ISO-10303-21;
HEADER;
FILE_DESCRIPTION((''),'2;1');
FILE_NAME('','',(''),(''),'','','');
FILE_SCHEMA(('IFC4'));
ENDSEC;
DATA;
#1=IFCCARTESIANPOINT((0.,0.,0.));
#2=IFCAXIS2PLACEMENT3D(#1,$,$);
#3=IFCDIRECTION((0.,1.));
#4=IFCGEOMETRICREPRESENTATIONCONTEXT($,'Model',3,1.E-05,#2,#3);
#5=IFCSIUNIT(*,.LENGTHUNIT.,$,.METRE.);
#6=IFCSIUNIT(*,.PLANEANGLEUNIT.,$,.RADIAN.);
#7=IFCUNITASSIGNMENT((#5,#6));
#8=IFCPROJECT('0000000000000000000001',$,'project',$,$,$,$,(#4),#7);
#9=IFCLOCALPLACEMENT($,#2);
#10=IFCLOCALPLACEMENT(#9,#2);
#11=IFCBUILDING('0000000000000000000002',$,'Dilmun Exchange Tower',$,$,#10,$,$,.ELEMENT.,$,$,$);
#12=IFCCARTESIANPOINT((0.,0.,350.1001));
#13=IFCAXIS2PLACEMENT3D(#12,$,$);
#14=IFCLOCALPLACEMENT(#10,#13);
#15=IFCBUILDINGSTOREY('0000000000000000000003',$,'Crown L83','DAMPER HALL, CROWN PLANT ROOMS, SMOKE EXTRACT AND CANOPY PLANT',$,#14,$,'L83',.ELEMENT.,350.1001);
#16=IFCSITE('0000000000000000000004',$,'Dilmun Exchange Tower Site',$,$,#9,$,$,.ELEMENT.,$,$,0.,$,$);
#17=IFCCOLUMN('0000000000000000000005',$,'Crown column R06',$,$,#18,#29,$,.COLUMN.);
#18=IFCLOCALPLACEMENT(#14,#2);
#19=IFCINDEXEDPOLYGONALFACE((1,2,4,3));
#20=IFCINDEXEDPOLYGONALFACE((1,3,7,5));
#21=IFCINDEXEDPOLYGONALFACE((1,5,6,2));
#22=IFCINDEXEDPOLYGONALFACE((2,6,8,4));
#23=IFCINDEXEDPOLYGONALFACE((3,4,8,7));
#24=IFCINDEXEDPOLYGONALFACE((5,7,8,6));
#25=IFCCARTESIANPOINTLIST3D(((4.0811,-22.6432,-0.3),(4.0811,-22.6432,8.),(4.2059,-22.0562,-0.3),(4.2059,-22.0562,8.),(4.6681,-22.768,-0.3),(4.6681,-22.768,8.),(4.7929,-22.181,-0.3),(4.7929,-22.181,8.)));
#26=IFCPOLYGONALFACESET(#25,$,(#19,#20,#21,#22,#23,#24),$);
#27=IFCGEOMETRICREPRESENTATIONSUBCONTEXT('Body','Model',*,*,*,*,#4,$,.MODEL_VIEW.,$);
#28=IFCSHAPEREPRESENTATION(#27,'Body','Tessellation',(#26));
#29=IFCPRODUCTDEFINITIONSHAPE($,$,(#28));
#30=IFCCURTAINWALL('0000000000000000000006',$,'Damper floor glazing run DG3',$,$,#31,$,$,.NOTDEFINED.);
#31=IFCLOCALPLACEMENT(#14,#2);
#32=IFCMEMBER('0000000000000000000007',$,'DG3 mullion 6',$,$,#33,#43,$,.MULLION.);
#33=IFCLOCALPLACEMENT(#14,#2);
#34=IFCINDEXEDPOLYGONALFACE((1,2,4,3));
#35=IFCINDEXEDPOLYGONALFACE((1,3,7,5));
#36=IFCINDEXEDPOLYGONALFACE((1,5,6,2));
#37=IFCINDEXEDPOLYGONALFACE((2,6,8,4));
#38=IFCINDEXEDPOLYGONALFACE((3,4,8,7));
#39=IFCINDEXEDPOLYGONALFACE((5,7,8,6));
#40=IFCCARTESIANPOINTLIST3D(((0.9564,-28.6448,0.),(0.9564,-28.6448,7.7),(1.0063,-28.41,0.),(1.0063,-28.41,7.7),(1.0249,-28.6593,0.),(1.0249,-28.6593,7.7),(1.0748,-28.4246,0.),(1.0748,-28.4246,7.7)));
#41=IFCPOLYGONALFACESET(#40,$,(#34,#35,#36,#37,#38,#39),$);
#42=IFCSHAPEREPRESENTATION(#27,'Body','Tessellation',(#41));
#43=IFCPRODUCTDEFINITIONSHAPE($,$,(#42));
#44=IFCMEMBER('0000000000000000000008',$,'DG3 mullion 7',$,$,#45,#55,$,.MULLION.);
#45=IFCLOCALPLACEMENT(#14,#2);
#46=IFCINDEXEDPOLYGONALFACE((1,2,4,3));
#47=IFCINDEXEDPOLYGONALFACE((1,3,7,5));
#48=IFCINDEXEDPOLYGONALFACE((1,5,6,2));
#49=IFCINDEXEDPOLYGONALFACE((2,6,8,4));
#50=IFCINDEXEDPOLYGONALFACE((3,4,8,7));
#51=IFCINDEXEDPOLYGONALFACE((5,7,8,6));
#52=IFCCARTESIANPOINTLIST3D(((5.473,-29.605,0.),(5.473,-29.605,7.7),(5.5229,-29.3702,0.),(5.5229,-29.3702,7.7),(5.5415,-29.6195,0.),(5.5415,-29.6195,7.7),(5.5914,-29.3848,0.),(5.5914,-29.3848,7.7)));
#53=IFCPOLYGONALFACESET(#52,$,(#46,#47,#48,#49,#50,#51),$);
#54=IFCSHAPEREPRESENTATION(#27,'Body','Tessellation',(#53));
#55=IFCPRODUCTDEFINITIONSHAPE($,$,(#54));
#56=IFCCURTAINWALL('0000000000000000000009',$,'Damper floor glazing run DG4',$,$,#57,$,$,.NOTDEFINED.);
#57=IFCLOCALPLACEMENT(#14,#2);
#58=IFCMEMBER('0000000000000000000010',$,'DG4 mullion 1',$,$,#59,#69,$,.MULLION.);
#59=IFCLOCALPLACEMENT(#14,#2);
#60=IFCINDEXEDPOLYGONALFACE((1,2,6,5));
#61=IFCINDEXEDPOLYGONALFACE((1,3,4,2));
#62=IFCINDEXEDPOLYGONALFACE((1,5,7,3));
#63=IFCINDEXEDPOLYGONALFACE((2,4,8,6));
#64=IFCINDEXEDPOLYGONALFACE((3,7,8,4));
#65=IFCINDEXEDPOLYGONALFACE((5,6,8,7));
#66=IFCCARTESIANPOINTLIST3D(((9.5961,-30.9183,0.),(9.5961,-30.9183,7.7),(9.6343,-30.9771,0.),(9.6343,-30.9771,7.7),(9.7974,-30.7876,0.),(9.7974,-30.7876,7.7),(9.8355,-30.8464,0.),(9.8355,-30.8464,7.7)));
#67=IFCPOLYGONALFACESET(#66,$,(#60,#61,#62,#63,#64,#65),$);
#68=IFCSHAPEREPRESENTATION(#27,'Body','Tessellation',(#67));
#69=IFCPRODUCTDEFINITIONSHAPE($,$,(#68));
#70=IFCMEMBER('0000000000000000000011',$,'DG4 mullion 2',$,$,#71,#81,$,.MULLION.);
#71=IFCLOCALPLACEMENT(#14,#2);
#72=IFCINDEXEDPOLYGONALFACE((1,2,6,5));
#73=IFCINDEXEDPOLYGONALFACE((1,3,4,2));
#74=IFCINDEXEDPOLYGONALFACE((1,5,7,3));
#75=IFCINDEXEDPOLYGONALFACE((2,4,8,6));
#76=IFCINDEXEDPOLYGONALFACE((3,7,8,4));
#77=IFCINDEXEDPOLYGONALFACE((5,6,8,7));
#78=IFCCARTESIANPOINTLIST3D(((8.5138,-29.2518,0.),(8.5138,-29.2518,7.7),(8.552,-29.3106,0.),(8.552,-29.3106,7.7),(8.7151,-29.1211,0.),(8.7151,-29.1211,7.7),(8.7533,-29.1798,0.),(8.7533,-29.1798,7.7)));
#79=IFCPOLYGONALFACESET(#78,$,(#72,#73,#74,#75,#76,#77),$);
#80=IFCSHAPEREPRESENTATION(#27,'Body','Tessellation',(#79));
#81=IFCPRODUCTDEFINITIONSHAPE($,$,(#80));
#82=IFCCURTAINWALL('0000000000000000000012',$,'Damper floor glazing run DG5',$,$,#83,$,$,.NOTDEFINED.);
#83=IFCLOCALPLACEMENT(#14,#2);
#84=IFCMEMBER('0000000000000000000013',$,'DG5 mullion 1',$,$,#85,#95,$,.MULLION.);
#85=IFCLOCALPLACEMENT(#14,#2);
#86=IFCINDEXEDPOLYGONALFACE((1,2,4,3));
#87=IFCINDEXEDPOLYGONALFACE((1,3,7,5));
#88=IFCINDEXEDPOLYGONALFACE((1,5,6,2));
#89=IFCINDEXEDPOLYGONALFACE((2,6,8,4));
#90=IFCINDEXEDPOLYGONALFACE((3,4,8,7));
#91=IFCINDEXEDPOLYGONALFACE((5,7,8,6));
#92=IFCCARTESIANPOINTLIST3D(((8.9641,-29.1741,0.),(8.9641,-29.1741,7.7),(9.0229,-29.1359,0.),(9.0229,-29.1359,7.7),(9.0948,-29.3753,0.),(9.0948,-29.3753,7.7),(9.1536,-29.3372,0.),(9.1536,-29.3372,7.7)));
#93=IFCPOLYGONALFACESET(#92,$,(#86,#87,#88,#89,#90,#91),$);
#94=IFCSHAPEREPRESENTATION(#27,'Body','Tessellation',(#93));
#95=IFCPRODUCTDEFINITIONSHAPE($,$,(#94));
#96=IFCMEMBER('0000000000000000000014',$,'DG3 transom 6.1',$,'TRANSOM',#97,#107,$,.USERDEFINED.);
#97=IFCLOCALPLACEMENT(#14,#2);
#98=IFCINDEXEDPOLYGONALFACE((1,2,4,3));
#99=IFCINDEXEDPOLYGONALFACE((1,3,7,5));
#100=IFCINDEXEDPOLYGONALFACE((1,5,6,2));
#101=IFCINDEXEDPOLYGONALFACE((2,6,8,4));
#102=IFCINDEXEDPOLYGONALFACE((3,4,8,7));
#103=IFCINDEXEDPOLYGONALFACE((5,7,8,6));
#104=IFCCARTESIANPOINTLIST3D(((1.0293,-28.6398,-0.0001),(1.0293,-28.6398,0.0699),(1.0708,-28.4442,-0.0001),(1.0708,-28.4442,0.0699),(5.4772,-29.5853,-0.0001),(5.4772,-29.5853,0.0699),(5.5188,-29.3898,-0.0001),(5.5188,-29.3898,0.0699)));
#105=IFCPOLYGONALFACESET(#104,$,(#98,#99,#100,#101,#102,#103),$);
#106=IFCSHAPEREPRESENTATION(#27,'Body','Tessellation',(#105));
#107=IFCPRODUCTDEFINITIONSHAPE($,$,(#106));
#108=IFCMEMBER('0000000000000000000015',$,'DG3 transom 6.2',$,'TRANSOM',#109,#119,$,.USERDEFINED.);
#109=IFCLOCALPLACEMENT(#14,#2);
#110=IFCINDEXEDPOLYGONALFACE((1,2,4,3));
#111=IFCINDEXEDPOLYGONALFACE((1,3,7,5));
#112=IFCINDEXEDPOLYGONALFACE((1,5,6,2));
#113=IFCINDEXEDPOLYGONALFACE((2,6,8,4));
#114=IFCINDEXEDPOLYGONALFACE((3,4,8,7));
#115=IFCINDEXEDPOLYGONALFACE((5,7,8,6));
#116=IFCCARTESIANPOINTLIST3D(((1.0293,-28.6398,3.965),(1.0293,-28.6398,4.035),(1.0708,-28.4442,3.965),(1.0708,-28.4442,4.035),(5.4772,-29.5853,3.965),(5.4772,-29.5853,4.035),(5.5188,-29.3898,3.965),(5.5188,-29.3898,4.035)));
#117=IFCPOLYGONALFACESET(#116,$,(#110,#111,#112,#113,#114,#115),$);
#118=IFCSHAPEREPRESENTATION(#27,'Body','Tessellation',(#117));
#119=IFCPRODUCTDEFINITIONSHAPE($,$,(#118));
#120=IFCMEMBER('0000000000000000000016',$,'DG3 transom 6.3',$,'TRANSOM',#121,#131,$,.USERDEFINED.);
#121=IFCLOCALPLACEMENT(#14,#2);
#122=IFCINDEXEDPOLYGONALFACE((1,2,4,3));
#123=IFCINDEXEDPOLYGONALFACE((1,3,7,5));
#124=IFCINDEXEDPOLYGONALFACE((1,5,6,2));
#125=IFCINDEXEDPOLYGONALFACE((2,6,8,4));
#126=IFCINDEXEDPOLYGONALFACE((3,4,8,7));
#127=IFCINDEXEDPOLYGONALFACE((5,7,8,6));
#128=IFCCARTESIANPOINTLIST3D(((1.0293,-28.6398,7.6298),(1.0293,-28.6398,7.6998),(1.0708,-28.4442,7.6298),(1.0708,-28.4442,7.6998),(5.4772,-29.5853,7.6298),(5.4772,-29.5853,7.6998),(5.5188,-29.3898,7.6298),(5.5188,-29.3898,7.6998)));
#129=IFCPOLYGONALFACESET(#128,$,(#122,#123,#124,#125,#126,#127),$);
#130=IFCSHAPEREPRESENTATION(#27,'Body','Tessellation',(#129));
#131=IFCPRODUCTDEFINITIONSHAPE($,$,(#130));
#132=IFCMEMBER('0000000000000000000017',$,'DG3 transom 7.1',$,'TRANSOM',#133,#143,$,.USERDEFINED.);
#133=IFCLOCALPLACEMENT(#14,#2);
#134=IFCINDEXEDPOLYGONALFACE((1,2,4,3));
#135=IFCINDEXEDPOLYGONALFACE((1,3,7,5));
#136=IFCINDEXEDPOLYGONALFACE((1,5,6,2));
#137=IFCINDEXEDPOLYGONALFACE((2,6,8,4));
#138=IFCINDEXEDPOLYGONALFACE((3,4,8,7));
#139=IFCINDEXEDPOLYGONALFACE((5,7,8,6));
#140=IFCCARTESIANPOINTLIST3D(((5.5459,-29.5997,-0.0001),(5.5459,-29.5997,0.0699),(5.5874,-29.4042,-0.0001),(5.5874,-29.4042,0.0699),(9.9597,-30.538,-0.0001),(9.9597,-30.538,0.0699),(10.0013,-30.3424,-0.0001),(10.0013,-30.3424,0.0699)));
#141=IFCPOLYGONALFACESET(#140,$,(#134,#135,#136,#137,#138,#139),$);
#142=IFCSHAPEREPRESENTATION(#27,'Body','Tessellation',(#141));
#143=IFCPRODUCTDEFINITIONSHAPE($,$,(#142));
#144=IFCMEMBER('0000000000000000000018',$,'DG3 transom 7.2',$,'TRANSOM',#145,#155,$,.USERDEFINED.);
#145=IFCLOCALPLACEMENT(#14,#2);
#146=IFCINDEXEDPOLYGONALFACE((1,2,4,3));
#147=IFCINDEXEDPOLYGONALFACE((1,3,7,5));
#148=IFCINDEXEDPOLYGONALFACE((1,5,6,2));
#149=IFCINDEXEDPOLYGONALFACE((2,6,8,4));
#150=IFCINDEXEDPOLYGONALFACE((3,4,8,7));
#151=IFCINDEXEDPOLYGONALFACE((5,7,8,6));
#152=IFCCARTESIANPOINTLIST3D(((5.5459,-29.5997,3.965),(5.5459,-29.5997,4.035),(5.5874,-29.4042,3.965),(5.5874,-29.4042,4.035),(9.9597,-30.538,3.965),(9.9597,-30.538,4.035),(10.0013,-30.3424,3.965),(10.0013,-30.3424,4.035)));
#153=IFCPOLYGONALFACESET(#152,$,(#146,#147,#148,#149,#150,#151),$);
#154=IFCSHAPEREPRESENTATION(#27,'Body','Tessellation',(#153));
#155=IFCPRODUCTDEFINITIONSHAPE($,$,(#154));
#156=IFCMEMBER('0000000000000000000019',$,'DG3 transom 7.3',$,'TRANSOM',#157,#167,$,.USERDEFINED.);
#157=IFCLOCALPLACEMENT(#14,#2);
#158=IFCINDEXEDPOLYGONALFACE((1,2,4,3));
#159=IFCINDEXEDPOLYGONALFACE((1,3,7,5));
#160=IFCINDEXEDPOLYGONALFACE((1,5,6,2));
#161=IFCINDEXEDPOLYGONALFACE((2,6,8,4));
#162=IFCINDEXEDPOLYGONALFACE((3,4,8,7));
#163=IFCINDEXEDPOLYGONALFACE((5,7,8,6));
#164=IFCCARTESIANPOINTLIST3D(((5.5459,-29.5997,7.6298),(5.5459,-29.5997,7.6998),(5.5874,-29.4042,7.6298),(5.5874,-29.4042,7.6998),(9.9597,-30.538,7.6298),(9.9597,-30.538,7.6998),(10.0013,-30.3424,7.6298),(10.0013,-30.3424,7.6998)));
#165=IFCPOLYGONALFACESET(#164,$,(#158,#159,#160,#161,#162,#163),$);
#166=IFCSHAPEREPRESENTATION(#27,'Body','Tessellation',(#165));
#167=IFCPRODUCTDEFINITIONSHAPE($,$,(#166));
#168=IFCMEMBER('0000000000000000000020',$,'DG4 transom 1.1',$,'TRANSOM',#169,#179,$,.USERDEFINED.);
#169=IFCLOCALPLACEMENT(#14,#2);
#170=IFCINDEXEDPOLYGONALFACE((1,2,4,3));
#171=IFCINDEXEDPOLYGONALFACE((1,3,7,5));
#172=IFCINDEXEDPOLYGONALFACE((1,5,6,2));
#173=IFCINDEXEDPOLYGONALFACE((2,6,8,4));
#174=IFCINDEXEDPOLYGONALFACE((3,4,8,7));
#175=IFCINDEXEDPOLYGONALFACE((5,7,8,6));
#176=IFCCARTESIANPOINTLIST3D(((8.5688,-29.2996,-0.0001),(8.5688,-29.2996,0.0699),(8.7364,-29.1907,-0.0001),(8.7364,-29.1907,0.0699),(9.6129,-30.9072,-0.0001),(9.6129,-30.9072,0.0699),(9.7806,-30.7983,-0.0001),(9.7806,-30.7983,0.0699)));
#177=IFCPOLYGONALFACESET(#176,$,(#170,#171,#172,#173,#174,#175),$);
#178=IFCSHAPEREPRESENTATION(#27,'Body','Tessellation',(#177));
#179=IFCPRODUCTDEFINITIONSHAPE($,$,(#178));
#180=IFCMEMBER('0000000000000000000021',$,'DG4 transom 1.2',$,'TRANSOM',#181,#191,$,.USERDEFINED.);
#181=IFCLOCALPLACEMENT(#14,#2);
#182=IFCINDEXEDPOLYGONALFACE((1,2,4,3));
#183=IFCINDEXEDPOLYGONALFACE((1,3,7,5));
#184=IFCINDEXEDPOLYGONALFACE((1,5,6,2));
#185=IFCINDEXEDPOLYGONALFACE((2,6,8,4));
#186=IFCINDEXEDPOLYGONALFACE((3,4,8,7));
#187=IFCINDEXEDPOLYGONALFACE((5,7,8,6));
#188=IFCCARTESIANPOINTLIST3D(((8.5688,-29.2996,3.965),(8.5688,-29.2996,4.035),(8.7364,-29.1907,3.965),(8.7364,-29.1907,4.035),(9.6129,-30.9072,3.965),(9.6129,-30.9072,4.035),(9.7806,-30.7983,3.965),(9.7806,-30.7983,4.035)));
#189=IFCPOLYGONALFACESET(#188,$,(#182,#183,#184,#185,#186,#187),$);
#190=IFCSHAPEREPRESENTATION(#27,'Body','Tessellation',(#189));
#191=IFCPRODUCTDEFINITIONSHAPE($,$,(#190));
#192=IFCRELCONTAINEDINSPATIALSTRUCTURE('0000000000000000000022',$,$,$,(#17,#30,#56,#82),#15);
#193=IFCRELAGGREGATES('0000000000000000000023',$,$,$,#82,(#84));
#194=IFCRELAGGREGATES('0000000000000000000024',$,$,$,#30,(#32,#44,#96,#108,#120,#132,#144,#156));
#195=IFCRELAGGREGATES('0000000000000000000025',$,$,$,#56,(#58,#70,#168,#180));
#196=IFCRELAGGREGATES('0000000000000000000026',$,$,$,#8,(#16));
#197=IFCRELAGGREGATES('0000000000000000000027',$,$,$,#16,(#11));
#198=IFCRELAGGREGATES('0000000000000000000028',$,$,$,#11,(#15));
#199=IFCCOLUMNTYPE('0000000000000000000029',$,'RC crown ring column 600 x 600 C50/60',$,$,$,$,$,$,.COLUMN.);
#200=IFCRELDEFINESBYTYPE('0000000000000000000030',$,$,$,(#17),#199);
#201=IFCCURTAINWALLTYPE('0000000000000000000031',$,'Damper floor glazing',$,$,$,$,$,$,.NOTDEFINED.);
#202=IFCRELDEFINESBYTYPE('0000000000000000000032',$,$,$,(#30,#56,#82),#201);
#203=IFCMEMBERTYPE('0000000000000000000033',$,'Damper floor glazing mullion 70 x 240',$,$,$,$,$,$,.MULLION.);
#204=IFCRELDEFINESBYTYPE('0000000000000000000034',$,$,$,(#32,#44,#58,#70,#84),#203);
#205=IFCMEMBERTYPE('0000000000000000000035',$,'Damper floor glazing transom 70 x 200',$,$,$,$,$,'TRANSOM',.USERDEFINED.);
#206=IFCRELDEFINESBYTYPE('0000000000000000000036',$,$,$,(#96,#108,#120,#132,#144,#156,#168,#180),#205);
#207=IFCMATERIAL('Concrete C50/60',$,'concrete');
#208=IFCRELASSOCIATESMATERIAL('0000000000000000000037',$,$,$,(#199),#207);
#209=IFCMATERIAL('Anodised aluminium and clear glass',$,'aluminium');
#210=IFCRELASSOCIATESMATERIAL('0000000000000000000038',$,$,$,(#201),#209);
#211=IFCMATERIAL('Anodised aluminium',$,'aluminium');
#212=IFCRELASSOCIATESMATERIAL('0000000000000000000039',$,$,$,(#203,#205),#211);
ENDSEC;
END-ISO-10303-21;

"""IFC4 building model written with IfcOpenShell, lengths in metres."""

from ifc_helpers import new_model, si_unit, direction, frame, origin, origin_2d, place, context, subcontext, project, spatial, rectangle, extrude, material, material_profile, profile_set, type_object, element, aggregate, save


model = new_model("IFC4")

# Units and contexts
model_context = context("Model", 3, precision=1e-05, world=origin(), true_north=direction((0.0, 1.0)))
body_context = subcontext(model_context, "Body", "Model", "MODEL_VIEW")
ifc_project = project(units=[si_unit("LENGTHUNIT", "METRE"), si_unit("PLANEANGLEUNIT", "RADIAN")], contexts=[model_context])

# Site, building, storey
site_placement = place(None, origin())
site = spatial("IfcSite", under=ifc_project, at=site_placement, Name="Dilmun Exchange Tower Site", CompositionType="ELEMENT", RefElevation=0.0)
building_placement = place(site_placement, origin())
building = spatial("IfcBuilding", under=site, at=building_placement, Name="Dilmun Exchange Tower", CompositionType="ELEMENT")
storey_placement = place(building_placement, frame((0.0, 0.0, 350.1001)))
storey = spatial("IfcBuildingStorey", under=building, at=storey_placement, Name="Crown L83", Description="DAMPER HALL, CROWN PLANT ROOMS, SMOKE EXTRACT AND CANOPY PLANT", LongName="L83", CompositionType="ELEMENT", Elevation=350.1001)

# Column
ifc_material_1 = material(Name="Concrete C50/60", Category="concrete")
ifc_material_profile_1 = material_profile(ifc_material_1, rectangle(XDim=0.6001, YDim=0.6001, at=origin_2d()), Name="600 x 600")
ifc_profile_set_1 = profile_set([ifc_material_profile_1], Name="Concrete C50/60")
column_type = type_object("IfcColumnType", Name="RC crown ring column 600 x 600 C50/60", PredefinedType="COLUMN", material=ifc_profile_set_1)
column_placement = place(storey_placement, frame((4.437, -22.4121, -0.3), z_axis=(0.0, 0.0, 1.0), x_axis=(0.207912, 0.978148, 0.0)))
element("IfcColumn", 1, at=column_placement, inside=storey, type_object=column_type, Name="Crown column R06", PredefinedType="COLUMN", context=body_context, shape_type="SweptSolid", body=[
    extrude(rectangle(XDim=0.6001, YDim=0.6001, at=origin_2d()), origin(), (0.0, 0.0, 1.0), 8.3),
])

# Curtain walls, members
ifc_material_2 = material(Name="Anodised aluminium and clear glass", Category="aluminium")
curtain_wall_type = type_object("IfcCurtainWallType", Name="Damper floor glazing", PredefinedType="NOTDEFINED", material=ifc_material_2)
curtain_wall_1_placement = place(storey_placement, origin())
curtain_wall_1 = element("IfcCurtainWall", 2, at=curtain_wall_1_placement, inside=storey, type_object=curtain_wall_type, Name="Damper floor glazing run DG3", PredefinedType="NOTDEFINED")
ifc_material_3 = material(Name="Anodised aluminium", Category="aluminium")
ifc_material_profile_2 = material_profile(ifc_material_3, rectangle(XDim=0.24, YDim=0.0701, at=origin_2d()), Name="AL 70x240")
ifc_profile_set_2 = profile_set([ifc_material_profile_2], Name="Anodised aluminium")
member_type_1 = type_object("IfcMemberType", Name="Damper floor glazing mullion 70 x 240", PredefinedType="MULLION", material=ifc_profile_set_2)
member_1_placement = place(storey_placement, frame((1.0156, -28.5347, 0.0), z_axis=(0.0, 0.0, 1.0), x_axis=(0.207911, 0.978148, 0.0)))
member_1 = element("IfcMember", 3, at=member_1_placement, type_object=member_type_1, Name="DG3 mullion 6", PredefinedType="MULLION", context=body_context, shape_type="SweptSolid", body=[
    extrude(rectangle(XDim=0.24, YDim=0.0701, at=origin_2d()), origin(), (0.0, 0.0, 1.0), 7.7),
])
member_2_placement = place(storey_placement, frame((5.5322, -29.4949, 0.0), z_axis=(0.0, 0.0, 1.0), x_axis=(0.207911, 0.978148, 0.0)))
member_2 = element("IfcMember", 4, at=member_2_placement, type_object=member_type_1, Name="DG3 mullion 7", PredefinedType="MULLION", context=body_context, shape_type="SweptSolid", body=[
    extrude(rectangle(XDim=0.24, YDim=0.0701, at=origin_2d()), origin(), (0.0, 0.0, 1.0), 7.7),
])
curtain_wall_2_placement = place(storey_placement, origin())
curtain_wall_2 = element("IfcCurtainWall", 5, at=curtain_wall_2_placement, inside=storey, type_object=curtain_wall_type, Name="Damper floor glazing run DG4", PredefinedType="NOTDEFINED")
member_3_placement = place(storey_placement, frame((9.7158, -30.8823, 0.0), z_axis=(0.0, 0.0, 1.0), x_axis=(-0.838661, -0.544653, 0.0)))
member_3 = element("IfcMember", 6, at=member_3_placement, type_object=member_type_1, Name="DG4 mullion 1", PredefinedType="MULLION", context=body_context, shape_type="SweptSolid", body=[
    extrude(rectangle(XDim=0.24, YDim=0.0701, at=origin_2d()), origin(), (0.0, 0.0, 1.0), 7.7),
])
member_4_placement = place(storey_placement, frame((8.6335, -29.2158, 0.0), z_axis=(0.0, 0.0, 1.0), x_axis=(-0.838661, -0.544653, 0.0)))
member_4 = element("IfcMember", 7, at=member_4_placement, type_object=member_type_1, Name="DG4 mullion 2", PredefinedType="MULLION", context=body_context, shape_type="SweptSolid", body=[
    extrude(rectangle(XDim=0.24, YDim=0.0701, at=origin_2d()), origin(), (0.0, 0.0, 1.0), 7.7),
])

# Curtain wall, member
curtain_wall_3_placement = place(storey_placement, origin())
curtain_wall_3 = element("IfcCurtainWall", 8, at=curtain_wall_3_placement, inside=storey, type_object=curtain_wall_type, Name="Damper floor glazing run DG5", PredefinedType="NOTDEFINED")
member_5_placement = place(storey_placement, frame((9.0588, -29.2556, 0.0), z_axis=(0.0, 0.0, 1.0), x_axis=(-0.544639, 0.838671, 0.0)))
member_5 = element("IfcMember", 9, at=member_5_placement, type_object=member_type_1, Name="DG5 mullion 1", PredefinedType="MULLION", context=body_context, shape_type="SweptSolid", body=[
    extrude(rectangle(XDim=0.24, YDim=0.0701, at=origin_2d()), origin(), (0.0, 0.0, 1.0), 7.7),
])

# Members
ifc_material_profile_3 = material_profile(ifc_material_3, rectangle(XDim=0.2, YDim=0.0701, at=origin_2d()), Name="AL 70x200")
ifc_profile_set_3 = profile_set([ifc_material_profile_3], Name="Anodised aluminium")
member_type_2 = type_object("IfcMemberType", Name="Damper floor glazing transom 70 x 200", ElementType="TRANSOM", PredefinedType="USERDEFINED", material=ifc_profile_set_3)
member_6_placement = place(storey_placement, frame((1.05, -28.542, 0.0349), z_axis=(0.978143, -0.207934, 0.0), x_axis=(0.207934, 0.978143, 0.0)))
member_6 = element("IfcMember", 10, at=member_6_placement, type_object=member_type_2, Name="DG3 transom 6.1", ObjectType="TRANSOM", PredefinedType="USERDEFINED", context=body_context, shape_type="SweptSolid", body=[
    extrude(rectangle(XDim=0.2, YDim=0.0701, at=origin_2d()), origin(), (0.0, 0.0, 1.0), 4.5474),
])
member_7_placement = place(storey_placement, frame((1.05, -28.542, 4.0), z_axis=(0.978143, -0.207934, 0.0), x_axis=(0.207934, 0.978143, 0.0)))
member_7 = element("IfcMember", 11, at=member_7_placement, type_object=member_type_2, Name="DG3 transom 6.2", ObjectType="TRANSOM", PredefinedType="USERDEFINED", context=body_context, shape_type="SweptSolid", body=[
    extrude(rectangle(XDim=0.2, YDim=0.0701, at=origin_2d()), origin(), (0.0, 0.0, 1.0), 4.5474),
])
member_8_placement = place(storey_placement, frame((1.05, -28.542, 7.6648), z_axis=(0.978143, -0.207934, 0.0), x_axis=(0.207934, 0.978143, 0.0)))
member_8 = element("IfcMember", 12, at=member_8_placement, type_object=member_type_2, Name="DG3 transom 6.3", ObjectType="TRANSOM", PredefinedType="USERDEFINED", context=body_context, shape_type="SweptSolid", body=[
    extrude(rectangle(XDim=0.2, YDim=0.0701, at=origin_2d()), origin(), (0.0, 0.0, 1.0), 4.5474),
])
member_9_placement = place(storey_placement, frame((5.5667, -29.502, 0.0349), z_axis=(0.978146, -0.207922, 0.0), x_axis=(0.207922, 0.978146, 0.0)))
member_9 = element("IfcMember", 13, at=member_9_placement, type_object=member_type_2, Name="DG3 transom 7.1", ObjectType="TRANSOM", PredefinedType="USERDEFINED", context=body_context, shape_type="SweptSolid", body=[
    extrude(rectangle(XDim=0.2, YDim=0.0701, at=origin_2d()), origin(), (0.0, 0.0, 1.0), 4.5125),
])
member_10_placement = place(storey_placement, frame((5.5667, -29.502, 4.0), z_axis=(0.978146, -0.207922, 0.0), x_axis=(0.207922, 0.978146, 0.0)))
member_10 = element("IfcMember", 14, at=member_10_placement, type_object=member_type_2, Name="DG3 transom 7.2", ObjectType="TRANSOM", PredefinedType="USERDEFINED", context=body_context, shape_type="SweptSolid", body=[
    extrude(rectangle(XDim=0.2, YDim=0.0701, at=origin_2d()), origin(), (0.0, 0.0, 1.0), 4.5125),
])
member_11_placement = place(storey_placement, frame((5.5667, -29.502, 7.6648), z_axis=(0.978146, -0.207922, 0.0), x_axis=(0.207922, 0.978146, 0.0)))
member_11 = element("IfcMember", 15, at=member_11_placement, type_object=member_type_2, Name="DG3 transom 7.3", ObjectType="TRANSOM", PredefinedType="USERDEFINED", context=body_context, shape_type="SweptSolid", body=[
    extrude(rectangle(XDim=0.2, YDim=0.0701, at=origin_2d()), origin(), (0.0, 0.0, 1.0), 4.5125),
])
member_12_placement = place(storey_placement, frame((9.6968, -30.8528, 0.0349), z_axis=(-0.544697, 0.838633, 0.0), x_axis=(-0.838633, -0.544697, 0.0)))
member_12 = element("IfcMember", 16, at=member_12_placement, type_object=member_type_2, Name="DG4 transom 1.1", ObjectType="TRANSOM", PredefinedType="USERDEFINED", context=body_context, shape_type="SweptSolid", body=[
    extrude(rectangle(XDim=0.2, YDim=0.0701, at=origin_2d()), origin(), (0.0, 0.0, 1.0), 1.917),
])
member_13_placement = place(storey_placement, frame((9.6968, -30.8528, 4.0), z_axis=(-0.544697, 0.838633, 0.0), x_axis=(-0.838633, -0.544697, 0.0)))
member_13 = element("IfcMember", 17, at=member_13_placement, type_object=member_type_2, Name="DG4 transom 1.2", ObjectType="TRANSOM", PredefinedType="USERDEFINED", context=body_context, shape_type="SweptSolid", body=[
    extrude(rectangle(XDim=0.2, YDim=0.0701, at=origin_2d()), origin(), (0.0, 0.0, 1.0), 1.917),
])
aggregate(curtain_wall_3, [member_5])

aggregate(curtain_wall_1, [member_1, member_2, member_6, member_7, member_8, member_9, member_10, member_11])
aggregate(curtain_wall_2, [member_3, member_4, member_12, member_13])

save(model, "model.ifc")
